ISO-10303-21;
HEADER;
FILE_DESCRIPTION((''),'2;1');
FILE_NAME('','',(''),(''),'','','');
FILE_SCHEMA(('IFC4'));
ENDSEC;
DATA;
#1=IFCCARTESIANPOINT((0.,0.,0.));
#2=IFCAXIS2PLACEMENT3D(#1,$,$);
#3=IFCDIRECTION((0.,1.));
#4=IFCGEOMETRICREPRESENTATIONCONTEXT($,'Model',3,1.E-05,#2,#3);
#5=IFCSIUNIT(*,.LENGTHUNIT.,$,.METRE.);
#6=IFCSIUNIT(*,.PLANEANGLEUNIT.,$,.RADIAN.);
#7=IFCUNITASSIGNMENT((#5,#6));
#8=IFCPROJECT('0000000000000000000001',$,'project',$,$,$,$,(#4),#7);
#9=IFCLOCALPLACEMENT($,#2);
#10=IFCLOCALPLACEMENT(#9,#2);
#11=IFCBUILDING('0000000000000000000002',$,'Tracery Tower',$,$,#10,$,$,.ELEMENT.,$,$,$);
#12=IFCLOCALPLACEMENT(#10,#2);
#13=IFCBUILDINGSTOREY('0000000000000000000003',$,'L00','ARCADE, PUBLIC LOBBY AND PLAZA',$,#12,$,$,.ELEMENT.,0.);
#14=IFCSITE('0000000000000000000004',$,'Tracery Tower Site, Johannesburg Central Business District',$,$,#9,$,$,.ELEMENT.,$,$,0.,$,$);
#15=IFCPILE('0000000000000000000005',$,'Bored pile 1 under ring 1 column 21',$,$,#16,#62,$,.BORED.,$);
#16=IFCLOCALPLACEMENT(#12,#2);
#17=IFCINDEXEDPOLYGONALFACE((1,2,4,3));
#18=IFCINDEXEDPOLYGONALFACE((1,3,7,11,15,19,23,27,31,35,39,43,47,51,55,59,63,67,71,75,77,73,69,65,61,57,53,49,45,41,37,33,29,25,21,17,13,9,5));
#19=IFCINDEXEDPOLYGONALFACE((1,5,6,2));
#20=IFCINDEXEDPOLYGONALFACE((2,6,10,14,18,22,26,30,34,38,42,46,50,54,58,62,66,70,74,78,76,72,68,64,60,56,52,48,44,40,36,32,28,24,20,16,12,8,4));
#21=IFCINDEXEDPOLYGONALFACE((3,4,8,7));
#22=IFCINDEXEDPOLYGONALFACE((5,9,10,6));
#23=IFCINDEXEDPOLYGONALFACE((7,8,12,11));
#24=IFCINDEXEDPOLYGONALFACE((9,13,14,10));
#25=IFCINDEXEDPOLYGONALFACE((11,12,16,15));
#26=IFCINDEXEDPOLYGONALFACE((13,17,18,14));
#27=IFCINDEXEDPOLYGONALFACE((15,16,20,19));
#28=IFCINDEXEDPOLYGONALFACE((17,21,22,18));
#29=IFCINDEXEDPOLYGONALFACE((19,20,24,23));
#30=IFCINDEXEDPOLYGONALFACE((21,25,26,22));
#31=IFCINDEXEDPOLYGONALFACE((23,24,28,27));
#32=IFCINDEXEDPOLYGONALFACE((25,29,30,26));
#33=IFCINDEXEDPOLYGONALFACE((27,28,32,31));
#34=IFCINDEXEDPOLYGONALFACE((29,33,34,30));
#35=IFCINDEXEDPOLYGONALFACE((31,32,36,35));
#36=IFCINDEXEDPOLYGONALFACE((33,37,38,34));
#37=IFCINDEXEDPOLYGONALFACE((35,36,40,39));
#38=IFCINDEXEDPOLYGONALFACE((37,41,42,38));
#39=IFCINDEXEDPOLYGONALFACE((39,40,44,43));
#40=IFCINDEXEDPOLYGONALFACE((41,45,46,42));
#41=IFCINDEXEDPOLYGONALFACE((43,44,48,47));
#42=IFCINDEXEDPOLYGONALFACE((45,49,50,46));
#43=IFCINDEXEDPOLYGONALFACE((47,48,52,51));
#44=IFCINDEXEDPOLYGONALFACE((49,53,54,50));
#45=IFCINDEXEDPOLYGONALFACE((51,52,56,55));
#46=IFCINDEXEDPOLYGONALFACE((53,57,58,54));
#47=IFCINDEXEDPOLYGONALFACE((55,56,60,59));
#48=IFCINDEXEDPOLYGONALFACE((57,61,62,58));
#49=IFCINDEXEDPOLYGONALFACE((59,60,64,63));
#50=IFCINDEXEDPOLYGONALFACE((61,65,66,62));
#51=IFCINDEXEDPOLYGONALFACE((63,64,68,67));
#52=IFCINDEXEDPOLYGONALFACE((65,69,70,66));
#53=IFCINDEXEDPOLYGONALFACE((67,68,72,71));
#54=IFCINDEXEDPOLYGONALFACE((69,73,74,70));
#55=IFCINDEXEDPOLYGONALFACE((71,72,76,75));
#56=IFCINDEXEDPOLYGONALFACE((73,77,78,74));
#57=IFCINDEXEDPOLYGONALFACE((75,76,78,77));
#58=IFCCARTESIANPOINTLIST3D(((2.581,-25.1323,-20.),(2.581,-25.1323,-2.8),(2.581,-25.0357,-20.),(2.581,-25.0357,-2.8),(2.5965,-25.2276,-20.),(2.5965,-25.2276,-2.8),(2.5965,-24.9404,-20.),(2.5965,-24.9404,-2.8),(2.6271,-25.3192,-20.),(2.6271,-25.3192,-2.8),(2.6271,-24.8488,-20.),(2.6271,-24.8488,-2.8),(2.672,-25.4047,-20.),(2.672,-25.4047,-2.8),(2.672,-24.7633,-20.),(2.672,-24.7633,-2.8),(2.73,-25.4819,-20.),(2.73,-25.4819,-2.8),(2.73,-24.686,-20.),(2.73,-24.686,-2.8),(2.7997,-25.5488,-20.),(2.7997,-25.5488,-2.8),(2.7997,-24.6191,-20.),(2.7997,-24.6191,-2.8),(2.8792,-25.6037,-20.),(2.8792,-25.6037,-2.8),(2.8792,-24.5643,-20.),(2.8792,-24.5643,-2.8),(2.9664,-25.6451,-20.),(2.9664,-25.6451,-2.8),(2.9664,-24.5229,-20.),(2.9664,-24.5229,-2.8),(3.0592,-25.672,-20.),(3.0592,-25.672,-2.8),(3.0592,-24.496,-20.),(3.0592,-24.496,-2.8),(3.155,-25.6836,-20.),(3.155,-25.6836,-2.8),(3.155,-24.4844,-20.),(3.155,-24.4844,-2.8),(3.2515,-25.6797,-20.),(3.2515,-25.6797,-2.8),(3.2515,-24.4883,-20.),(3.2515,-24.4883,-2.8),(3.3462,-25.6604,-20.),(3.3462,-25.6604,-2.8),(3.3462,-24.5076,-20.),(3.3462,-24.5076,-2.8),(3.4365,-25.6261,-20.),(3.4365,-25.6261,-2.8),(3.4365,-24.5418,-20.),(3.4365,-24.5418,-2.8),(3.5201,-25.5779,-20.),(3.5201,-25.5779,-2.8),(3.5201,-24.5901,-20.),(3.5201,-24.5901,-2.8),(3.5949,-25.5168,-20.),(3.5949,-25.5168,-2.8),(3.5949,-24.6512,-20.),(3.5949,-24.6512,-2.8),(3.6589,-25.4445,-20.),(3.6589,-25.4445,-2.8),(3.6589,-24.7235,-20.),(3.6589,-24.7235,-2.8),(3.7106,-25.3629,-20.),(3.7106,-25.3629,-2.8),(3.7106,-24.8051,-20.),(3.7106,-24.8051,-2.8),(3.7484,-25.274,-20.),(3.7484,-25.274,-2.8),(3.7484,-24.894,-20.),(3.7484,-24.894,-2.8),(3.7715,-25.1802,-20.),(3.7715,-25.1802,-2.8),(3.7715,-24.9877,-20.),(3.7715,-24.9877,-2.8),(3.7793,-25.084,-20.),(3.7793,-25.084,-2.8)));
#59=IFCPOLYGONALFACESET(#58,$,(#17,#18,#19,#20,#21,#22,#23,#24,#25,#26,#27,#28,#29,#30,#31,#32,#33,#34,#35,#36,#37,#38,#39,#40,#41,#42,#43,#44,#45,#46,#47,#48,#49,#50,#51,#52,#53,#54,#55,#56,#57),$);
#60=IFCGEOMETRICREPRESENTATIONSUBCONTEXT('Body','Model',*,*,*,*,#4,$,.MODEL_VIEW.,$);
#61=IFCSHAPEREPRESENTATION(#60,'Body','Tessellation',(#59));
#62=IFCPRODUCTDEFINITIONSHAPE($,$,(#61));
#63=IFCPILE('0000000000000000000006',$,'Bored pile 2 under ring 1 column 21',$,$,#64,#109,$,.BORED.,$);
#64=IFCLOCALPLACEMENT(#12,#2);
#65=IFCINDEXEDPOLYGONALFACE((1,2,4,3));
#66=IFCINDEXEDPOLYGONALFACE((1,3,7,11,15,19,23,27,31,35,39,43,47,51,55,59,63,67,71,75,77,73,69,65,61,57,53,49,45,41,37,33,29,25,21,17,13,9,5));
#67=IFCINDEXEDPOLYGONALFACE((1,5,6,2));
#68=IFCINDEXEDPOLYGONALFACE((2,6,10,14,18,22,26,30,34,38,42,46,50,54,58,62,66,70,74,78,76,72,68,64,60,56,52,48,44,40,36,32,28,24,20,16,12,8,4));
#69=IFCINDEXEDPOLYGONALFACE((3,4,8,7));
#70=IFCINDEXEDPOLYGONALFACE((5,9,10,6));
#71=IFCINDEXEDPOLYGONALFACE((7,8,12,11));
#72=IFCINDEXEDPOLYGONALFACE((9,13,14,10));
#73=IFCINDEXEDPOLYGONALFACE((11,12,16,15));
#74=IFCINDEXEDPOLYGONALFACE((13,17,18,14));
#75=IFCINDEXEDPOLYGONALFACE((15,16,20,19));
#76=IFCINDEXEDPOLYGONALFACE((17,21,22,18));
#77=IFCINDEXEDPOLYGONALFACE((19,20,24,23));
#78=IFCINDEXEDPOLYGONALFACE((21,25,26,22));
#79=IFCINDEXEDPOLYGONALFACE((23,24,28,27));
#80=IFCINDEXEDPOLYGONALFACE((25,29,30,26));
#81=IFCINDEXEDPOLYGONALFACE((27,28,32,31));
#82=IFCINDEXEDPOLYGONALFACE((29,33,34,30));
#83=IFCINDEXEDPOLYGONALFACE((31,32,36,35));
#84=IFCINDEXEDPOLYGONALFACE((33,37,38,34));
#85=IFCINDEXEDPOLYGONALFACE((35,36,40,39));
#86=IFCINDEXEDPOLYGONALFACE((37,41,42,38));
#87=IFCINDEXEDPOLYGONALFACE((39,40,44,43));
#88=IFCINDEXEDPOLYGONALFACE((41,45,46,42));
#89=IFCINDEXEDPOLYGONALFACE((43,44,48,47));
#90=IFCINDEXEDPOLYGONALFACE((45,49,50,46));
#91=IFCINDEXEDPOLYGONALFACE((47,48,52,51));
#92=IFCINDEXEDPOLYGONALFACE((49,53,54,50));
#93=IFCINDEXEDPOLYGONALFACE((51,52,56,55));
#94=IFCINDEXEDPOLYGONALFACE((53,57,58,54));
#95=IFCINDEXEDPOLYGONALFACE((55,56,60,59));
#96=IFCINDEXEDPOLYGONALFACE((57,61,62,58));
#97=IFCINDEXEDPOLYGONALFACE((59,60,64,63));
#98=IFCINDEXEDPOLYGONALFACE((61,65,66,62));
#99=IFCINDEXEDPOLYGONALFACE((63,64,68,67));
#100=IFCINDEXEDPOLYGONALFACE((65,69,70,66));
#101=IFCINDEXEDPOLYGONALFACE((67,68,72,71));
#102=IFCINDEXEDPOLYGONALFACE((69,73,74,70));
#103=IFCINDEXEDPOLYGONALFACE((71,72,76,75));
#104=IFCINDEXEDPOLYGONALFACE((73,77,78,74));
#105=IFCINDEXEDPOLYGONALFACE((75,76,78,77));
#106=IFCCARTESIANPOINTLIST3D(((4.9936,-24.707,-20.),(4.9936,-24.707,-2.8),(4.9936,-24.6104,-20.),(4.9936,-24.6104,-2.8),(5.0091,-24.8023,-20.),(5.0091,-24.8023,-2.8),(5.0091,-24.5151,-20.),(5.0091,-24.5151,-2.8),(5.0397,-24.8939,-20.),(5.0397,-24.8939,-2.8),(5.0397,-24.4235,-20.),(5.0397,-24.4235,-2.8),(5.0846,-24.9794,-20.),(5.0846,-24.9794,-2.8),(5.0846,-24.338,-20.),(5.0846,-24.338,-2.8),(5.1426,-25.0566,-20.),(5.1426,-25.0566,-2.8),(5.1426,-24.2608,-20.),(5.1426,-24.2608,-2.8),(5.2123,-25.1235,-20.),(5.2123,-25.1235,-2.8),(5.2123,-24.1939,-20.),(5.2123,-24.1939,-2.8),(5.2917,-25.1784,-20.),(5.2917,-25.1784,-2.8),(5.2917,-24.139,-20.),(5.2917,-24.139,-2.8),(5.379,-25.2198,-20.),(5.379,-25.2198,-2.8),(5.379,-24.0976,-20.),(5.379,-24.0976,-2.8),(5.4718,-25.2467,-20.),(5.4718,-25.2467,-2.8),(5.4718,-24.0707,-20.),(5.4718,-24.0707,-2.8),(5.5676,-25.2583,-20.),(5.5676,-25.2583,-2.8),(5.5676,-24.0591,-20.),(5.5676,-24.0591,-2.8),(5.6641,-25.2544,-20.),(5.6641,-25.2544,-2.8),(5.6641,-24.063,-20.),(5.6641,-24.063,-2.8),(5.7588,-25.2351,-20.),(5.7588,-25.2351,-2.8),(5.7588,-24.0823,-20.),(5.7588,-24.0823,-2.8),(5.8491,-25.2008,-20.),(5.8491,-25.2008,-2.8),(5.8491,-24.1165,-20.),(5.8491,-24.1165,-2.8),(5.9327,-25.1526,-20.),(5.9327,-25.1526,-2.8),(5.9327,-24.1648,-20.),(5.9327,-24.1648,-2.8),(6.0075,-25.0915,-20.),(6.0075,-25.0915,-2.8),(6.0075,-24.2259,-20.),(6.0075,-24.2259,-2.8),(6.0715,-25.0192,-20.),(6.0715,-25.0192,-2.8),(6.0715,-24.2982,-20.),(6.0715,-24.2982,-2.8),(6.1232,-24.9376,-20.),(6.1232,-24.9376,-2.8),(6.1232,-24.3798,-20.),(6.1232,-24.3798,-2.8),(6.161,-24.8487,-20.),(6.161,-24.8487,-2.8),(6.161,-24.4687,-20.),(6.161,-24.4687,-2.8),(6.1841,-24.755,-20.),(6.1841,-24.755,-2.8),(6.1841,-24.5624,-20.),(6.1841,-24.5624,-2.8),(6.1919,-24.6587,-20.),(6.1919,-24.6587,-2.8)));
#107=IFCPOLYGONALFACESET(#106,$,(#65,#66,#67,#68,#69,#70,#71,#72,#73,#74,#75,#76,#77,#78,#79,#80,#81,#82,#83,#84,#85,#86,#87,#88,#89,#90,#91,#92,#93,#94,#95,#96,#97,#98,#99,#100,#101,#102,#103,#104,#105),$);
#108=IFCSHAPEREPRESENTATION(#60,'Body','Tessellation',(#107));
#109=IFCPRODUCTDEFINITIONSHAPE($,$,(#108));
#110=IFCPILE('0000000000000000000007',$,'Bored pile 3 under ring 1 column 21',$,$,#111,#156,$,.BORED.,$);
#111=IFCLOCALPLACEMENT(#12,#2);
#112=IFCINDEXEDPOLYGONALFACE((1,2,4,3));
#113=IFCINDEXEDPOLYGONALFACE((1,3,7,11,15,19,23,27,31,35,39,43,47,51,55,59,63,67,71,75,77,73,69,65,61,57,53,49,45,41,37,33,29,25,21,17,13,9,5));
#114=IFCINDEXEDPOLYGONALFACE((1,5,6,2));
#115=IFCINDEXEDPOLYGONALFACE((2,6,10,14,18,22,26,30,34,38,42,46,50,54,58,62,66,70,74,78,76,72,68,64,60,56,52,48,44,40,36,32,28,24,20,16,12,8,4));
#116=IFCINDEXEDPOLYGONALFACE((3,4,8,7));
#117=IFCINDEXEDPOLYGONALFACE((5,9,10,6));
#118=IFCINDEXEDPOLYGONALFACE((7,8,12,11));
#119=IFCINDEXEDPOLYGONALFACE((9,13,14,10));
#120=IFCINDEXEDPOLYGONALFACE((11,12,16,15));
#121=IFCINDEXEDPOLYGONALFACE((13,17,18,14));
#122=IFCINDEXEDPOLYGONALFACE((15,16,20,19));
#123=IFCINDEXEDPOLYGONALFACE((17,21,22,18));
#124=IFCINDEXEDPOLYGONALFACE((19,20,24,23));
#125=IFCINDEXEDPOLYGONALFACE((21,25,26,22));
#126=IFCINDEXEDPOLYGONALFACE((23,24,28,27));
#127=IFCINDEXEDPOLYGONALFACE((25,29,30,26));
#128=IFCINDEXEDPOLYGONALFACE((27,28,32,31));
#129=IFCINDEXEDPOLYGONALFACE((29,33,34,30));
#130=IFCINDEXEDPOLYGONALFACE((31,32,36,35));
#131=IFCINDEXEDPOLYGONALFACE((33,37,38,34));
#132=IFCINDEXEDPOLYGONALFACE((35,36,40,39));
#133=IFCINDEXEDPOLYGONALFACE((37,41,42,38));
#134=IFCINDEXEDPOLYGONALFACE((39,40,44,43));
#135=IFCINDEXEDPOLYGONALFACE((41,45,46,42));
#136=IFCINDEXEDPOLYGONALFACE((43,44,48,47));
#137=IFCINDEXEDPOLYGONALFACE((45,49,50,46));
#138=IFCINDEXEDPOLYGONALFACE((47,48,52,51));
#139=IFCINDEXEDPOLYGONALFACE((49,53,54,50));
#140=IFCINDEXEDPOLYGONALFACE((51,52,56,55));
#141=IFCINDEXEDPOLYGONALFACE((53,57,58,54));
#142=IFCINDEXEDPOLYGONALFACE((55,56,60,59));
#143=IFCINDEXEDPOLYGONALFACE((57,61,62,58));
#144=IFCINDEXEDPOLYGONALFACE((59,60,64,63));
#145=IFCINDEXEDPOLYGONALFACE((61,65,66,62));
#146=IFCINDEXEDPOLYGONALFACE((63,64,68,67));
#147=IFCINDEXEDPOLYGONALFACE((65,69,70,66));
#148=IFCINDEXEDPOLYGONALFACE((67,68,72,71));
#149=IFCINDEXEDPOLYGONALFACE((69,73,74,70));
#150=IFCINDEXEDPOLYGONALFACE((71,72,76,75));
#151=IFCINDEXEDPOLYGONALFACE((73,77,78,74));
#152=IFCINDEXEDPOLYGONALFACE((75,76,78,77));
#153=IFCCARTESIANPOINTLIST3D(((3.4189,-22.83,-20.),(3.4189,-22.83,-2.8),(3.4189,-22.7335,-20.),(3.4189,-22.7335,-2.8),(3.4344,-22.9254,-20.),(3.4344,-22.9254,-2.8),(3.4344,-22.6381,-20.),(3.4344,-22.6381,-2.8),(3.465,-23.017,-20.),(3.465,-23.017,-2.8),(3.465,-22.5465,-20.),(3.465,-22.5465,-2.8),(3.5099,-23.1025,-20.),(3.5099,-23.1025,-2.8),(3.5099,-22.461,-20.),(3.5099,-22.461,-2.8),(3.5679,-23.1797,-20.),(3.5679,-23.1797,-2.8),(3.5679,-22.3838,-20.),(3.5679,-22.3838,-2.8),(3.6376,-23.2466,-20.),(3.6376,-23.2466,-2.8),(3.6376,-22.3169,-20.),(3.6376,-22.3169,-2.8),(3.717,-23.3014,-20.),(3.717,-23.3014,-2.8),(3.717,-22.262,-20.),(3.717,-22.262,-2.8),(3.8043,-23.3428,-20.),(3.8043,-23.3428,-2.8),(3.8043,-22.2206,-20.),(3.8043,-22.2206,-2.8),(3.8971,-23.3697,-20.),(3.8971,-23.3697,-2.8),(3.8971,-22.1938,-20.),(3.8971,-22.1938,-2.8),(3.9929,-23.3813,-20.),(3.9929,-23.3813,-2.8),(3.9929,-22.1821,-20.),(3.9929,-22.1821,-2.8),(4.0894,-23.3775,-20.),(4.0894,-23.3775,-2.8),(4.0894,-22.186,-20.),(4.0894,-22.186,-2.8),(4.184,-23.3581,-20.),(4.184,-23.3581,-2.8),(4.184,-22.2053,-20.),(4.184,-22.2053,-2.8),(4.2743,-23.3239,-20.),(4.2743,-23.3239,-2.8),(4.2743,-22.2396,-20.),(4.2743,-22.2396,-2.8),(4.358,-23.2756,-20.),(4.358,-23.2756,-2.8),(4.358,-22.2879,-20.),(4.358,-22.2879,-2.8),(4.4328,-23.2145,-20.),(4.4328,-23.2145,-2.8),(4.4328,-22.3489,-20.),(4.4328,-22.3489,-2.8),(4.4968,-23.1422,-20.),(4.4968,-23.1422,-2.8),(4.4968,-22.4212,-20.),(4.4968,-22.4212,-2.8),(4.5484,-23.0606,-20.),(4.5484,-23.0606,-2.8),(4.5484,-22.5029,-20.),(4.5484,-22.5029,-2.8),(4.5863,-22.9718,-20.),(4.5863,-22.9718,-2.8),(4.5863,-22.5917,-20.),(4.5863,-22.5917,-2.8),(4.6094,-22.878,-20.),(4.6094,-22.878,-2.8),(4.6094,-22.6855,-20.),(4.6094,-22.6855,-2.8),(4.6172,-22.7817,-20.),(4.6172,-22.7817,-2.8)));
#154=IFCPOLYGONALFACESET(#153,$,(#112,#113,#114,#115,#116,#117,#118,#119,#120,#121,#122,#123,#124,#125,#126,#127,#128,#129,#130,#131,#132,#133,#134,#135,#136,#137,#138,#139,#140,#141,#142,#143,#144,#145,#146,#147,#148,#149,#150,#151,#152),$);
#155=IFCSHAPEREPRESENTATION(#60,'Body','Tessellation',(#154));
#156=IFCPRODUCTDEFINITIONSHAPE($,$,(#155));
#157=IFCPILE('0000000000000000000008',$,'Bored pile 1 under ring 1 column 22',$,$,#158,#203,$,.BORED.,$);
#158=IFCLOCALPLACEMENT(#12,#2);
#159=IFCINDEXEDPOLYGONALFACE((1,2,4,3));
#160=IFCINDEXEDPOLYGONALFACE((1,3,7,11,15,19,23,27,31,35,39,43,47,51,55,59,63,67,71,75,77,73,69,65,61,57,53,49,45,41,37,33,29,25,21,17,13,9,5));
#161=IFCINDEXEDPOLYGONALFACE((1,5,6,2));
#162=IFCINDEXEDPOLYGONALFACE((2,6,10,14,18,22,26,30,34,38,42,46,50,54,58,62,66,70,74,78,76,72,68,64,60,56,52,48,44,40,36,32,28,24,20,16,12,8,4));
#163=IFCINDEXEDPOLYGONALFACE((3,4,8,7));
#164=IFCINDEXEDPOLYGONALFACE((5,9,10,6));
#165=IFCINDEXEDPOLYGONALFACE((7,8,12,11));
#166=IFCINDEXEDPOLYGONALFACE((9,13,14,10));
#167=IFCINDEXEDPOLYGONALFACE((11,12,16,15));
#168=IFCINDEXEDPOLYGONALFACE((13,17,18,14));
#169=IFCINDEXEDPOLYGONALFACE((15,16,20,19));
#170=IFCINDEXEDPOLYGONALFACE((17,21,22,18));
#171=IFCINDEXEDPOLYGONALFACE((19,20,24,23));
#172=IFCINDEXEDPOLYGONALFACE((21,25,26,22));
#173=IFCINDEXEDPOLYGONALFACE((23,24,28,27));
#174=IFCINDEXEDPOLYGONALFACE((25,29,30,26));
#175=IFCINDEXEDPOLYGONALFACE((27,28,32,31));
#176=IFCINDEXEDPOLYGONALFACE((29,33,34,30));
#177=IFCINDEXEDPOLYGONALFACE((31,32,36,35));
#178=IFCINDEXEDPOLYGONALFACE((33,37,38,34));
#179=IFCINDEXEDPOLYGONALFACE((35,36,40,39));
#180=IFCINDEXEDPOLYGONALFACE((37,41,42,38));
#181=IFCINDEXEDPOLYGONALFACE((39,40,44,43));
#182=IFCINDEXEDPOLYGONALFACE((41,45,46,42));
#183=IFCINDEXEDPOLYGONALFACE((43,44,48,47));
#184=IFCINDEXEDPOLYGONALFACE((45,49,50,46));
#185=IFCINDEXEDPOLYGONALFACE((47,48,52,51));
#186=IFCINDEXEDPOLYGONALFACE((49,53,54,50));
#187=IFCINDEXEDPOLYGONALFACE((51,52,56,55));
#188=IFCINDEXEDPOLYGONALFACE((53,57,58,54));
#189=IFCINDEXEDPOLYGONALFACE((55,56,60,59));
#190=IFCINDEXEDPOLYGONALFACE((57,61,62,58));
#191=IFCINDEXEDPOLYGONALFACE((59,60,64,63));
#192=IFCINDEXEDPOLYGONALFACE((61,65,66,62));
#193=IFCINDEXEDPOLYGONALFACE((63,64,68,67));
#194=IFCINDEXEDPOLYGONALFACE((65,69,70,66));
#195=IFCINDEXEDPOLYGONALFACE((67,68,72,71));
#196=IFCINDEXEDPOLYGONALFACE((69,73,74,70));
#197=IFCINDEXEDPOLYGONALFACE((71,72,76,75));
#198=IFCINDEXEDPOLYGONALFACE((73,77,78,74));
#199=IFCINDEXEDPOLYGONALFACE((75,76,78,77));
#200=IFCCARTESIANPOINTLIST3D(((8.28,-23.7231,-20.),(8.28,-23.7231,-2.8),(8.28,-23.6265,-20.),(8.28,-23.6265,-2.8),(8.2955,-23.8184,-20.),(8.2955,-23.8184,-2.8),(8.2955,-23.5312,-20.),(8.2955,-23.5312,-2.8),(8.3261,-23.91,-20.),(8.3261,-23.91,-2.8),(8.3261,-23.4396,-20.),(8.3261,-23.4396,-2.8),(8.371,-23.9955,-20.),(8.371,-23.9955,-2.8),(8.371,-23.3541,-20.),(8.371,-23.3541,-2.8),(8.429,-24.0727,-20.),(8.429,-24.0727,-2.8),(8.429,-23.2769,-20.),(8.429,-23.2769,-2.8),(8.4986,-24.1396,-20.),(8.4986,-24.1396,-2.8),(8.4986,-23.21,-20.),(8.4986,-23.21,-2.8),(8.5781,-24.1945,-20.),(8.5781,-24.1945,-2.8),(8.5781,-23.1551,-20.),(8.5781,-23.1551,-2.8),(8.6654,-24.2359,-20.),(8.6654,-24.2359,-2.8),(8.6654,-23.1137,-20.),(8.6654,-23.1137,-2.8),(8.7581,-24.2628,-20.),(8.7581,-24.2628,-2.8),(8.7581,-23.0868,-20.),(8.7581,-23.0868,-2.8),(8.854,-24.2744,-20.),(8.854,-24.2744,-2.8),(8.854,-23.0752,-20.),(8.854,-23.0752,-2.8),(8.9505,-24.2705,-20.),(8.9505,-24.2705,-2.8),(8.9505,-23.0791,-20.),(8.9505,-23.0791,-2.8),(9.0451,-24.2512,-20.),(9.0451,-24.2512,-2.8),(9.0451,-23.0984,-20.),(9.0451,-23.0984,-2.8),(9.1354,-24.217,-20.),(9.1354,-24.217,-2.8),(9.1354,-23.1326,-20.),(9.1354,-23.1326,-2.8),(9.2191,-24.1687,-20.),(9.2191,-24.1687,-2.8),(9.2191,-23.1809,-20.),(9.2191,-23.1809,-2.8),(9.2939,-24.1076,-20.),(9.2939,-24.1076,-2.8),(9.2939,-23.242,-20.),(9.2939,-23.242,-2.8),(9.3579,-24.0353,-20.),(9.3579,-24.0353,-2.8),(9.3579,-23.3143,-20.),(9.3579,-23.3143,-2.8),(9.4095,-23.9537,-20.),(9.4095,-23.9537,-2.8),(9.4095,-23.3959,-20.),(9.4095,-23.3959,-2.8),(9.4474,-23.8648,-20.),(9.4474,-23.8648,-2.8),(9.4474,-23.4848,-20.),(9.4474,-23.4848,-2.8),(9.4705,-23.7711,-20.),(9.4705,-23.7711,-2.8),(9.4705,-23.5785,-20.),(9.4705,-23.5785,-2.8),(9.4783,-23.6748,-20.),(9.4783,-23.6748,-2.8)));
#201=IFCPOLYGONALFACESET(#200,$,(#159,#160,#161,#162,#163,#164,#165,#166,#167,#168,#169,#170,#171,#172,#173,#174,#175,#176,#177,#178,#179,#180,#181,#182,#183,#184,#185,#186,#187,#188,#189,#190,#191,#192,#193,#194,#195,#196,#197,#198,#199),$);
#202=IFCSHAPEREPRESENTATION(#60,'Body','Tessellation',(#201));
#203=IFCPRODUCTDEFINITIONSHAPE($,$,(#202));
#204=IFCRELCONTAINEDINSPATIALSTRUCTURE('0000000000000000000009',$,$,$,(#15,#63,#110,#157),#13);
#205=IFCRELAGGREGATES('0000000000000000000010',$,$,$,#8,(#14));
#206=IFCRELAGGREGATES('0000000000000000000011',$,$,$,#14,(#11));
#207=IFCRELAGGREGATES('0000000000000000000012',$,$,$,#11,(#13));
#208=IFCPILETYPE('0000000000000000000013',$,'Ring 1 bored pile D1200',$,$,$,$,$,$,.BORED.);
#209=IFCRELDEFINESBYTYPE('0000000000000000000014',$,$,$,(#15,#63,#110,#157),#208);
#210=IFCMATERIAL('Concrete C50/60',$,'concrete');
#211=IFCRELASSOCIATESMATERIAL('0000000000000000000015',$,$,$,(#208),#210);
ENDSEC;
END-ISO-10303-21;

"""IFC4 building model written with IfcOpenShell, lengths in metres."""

from ifc_helpers import new_model, si_unit, direction, frame, origin, origin_2d, place, context, subcontext, project, spatial, circle, extrude, material, material_profile, profile_set, type_object, element, save


model = new_model("IFC4")

# Units and contexts
model_context = context("Model", 3, precision=1e-05, world=origin(), true_north=direction((0.0, 1.0)))
body_context = subcontext(model_context, "Body", "Model", "MODEL_VIEW")
ifc_project = project(units=[si_unit("LENGTHUNIT", "METRE"), si_unit("PLANEANGLEUNIT", "RADIAN")], contexts=[model_context])

# Site, building, storey
site_placement = place(None, origin())
site = spatial("IfcSite", under=ifc_project, at=site_placement, Name="Tracery Tower Site, Johannesburg Central Business District", CompositionType="ELEMENT", RefElevation=0.0)
building_placement = place(site_placement, origin())
building = spatial("IfcBuilding", under=site, at=building_placement, Name="Tracery Tower", CompositionType="ELEMENT")
storey_placement = place(building_placement, origin())
storey = spatial("IfcBuildingStorey", under=building, at=storey_placement, Name="L00", Description="ARCADE, PUBLIC LOBBY AND PLAZA", CompositionType="ELEMENT", Elevation=0.0)

# Piles
ifc_material_1 = material(Name="Concrete C50/60", Category="concrete")
ifc_material_profile_1 = material_profile(ifc_material_1, circle(Radius=0.6001, at=origin_2d()), Name="RC D1200")
ifc_profile_set_1 = profile_set([ifc_material_profile_1], Name="Concrete C50/60")
pile_type_1 = type_object("IfcPileType", Name="Ring 1 bored pile D1200", PredefinedType="BORED", material=ifc_profile_set_1)
for number, where, z_axis, x_axis, name in (
    (1, (3.1792, -25.084, -2.8), (0.0, 0.0, -1.0), (1.0, 0.0, 0.0), "Bored pile 1 under ring 1 column 21"),
    (2, (5.5918, -24.6587, -2.8), (0.0, 0.0, -1.0), (1.0, 0.0, 0.0), "Bored pile 2 under ring 1 column 21"),
    (3, (4.0171, -22.7817, -2.8), (0.0, 0.0, -1.0), (1.0, 0.0, 0.0), "Bored pile 3 under ring 1 column 21"),
    (4, (8.8782, -23.6748, -2.8), (0.0, 0.0, -1.0), (1.0, 0.0, 0.0), "Bored pile 1 under ring 1 column 22"),
):
    element("IfcPile", number, at=place(storey_placement, frame(where, z_axis=z_axis, x_axis=x_axis)), inside=storey, type_object=pile_type_1, Name=name, PredefinedType="BORED", context=body_context, shape_type="SweptSolid", body=[
        extrude(circle(Radius=0.6001, at=origin_2d()), origin(), (0.0, 0.0, 1.0), 17.2),
    ])

save(model, "model.ifc")
